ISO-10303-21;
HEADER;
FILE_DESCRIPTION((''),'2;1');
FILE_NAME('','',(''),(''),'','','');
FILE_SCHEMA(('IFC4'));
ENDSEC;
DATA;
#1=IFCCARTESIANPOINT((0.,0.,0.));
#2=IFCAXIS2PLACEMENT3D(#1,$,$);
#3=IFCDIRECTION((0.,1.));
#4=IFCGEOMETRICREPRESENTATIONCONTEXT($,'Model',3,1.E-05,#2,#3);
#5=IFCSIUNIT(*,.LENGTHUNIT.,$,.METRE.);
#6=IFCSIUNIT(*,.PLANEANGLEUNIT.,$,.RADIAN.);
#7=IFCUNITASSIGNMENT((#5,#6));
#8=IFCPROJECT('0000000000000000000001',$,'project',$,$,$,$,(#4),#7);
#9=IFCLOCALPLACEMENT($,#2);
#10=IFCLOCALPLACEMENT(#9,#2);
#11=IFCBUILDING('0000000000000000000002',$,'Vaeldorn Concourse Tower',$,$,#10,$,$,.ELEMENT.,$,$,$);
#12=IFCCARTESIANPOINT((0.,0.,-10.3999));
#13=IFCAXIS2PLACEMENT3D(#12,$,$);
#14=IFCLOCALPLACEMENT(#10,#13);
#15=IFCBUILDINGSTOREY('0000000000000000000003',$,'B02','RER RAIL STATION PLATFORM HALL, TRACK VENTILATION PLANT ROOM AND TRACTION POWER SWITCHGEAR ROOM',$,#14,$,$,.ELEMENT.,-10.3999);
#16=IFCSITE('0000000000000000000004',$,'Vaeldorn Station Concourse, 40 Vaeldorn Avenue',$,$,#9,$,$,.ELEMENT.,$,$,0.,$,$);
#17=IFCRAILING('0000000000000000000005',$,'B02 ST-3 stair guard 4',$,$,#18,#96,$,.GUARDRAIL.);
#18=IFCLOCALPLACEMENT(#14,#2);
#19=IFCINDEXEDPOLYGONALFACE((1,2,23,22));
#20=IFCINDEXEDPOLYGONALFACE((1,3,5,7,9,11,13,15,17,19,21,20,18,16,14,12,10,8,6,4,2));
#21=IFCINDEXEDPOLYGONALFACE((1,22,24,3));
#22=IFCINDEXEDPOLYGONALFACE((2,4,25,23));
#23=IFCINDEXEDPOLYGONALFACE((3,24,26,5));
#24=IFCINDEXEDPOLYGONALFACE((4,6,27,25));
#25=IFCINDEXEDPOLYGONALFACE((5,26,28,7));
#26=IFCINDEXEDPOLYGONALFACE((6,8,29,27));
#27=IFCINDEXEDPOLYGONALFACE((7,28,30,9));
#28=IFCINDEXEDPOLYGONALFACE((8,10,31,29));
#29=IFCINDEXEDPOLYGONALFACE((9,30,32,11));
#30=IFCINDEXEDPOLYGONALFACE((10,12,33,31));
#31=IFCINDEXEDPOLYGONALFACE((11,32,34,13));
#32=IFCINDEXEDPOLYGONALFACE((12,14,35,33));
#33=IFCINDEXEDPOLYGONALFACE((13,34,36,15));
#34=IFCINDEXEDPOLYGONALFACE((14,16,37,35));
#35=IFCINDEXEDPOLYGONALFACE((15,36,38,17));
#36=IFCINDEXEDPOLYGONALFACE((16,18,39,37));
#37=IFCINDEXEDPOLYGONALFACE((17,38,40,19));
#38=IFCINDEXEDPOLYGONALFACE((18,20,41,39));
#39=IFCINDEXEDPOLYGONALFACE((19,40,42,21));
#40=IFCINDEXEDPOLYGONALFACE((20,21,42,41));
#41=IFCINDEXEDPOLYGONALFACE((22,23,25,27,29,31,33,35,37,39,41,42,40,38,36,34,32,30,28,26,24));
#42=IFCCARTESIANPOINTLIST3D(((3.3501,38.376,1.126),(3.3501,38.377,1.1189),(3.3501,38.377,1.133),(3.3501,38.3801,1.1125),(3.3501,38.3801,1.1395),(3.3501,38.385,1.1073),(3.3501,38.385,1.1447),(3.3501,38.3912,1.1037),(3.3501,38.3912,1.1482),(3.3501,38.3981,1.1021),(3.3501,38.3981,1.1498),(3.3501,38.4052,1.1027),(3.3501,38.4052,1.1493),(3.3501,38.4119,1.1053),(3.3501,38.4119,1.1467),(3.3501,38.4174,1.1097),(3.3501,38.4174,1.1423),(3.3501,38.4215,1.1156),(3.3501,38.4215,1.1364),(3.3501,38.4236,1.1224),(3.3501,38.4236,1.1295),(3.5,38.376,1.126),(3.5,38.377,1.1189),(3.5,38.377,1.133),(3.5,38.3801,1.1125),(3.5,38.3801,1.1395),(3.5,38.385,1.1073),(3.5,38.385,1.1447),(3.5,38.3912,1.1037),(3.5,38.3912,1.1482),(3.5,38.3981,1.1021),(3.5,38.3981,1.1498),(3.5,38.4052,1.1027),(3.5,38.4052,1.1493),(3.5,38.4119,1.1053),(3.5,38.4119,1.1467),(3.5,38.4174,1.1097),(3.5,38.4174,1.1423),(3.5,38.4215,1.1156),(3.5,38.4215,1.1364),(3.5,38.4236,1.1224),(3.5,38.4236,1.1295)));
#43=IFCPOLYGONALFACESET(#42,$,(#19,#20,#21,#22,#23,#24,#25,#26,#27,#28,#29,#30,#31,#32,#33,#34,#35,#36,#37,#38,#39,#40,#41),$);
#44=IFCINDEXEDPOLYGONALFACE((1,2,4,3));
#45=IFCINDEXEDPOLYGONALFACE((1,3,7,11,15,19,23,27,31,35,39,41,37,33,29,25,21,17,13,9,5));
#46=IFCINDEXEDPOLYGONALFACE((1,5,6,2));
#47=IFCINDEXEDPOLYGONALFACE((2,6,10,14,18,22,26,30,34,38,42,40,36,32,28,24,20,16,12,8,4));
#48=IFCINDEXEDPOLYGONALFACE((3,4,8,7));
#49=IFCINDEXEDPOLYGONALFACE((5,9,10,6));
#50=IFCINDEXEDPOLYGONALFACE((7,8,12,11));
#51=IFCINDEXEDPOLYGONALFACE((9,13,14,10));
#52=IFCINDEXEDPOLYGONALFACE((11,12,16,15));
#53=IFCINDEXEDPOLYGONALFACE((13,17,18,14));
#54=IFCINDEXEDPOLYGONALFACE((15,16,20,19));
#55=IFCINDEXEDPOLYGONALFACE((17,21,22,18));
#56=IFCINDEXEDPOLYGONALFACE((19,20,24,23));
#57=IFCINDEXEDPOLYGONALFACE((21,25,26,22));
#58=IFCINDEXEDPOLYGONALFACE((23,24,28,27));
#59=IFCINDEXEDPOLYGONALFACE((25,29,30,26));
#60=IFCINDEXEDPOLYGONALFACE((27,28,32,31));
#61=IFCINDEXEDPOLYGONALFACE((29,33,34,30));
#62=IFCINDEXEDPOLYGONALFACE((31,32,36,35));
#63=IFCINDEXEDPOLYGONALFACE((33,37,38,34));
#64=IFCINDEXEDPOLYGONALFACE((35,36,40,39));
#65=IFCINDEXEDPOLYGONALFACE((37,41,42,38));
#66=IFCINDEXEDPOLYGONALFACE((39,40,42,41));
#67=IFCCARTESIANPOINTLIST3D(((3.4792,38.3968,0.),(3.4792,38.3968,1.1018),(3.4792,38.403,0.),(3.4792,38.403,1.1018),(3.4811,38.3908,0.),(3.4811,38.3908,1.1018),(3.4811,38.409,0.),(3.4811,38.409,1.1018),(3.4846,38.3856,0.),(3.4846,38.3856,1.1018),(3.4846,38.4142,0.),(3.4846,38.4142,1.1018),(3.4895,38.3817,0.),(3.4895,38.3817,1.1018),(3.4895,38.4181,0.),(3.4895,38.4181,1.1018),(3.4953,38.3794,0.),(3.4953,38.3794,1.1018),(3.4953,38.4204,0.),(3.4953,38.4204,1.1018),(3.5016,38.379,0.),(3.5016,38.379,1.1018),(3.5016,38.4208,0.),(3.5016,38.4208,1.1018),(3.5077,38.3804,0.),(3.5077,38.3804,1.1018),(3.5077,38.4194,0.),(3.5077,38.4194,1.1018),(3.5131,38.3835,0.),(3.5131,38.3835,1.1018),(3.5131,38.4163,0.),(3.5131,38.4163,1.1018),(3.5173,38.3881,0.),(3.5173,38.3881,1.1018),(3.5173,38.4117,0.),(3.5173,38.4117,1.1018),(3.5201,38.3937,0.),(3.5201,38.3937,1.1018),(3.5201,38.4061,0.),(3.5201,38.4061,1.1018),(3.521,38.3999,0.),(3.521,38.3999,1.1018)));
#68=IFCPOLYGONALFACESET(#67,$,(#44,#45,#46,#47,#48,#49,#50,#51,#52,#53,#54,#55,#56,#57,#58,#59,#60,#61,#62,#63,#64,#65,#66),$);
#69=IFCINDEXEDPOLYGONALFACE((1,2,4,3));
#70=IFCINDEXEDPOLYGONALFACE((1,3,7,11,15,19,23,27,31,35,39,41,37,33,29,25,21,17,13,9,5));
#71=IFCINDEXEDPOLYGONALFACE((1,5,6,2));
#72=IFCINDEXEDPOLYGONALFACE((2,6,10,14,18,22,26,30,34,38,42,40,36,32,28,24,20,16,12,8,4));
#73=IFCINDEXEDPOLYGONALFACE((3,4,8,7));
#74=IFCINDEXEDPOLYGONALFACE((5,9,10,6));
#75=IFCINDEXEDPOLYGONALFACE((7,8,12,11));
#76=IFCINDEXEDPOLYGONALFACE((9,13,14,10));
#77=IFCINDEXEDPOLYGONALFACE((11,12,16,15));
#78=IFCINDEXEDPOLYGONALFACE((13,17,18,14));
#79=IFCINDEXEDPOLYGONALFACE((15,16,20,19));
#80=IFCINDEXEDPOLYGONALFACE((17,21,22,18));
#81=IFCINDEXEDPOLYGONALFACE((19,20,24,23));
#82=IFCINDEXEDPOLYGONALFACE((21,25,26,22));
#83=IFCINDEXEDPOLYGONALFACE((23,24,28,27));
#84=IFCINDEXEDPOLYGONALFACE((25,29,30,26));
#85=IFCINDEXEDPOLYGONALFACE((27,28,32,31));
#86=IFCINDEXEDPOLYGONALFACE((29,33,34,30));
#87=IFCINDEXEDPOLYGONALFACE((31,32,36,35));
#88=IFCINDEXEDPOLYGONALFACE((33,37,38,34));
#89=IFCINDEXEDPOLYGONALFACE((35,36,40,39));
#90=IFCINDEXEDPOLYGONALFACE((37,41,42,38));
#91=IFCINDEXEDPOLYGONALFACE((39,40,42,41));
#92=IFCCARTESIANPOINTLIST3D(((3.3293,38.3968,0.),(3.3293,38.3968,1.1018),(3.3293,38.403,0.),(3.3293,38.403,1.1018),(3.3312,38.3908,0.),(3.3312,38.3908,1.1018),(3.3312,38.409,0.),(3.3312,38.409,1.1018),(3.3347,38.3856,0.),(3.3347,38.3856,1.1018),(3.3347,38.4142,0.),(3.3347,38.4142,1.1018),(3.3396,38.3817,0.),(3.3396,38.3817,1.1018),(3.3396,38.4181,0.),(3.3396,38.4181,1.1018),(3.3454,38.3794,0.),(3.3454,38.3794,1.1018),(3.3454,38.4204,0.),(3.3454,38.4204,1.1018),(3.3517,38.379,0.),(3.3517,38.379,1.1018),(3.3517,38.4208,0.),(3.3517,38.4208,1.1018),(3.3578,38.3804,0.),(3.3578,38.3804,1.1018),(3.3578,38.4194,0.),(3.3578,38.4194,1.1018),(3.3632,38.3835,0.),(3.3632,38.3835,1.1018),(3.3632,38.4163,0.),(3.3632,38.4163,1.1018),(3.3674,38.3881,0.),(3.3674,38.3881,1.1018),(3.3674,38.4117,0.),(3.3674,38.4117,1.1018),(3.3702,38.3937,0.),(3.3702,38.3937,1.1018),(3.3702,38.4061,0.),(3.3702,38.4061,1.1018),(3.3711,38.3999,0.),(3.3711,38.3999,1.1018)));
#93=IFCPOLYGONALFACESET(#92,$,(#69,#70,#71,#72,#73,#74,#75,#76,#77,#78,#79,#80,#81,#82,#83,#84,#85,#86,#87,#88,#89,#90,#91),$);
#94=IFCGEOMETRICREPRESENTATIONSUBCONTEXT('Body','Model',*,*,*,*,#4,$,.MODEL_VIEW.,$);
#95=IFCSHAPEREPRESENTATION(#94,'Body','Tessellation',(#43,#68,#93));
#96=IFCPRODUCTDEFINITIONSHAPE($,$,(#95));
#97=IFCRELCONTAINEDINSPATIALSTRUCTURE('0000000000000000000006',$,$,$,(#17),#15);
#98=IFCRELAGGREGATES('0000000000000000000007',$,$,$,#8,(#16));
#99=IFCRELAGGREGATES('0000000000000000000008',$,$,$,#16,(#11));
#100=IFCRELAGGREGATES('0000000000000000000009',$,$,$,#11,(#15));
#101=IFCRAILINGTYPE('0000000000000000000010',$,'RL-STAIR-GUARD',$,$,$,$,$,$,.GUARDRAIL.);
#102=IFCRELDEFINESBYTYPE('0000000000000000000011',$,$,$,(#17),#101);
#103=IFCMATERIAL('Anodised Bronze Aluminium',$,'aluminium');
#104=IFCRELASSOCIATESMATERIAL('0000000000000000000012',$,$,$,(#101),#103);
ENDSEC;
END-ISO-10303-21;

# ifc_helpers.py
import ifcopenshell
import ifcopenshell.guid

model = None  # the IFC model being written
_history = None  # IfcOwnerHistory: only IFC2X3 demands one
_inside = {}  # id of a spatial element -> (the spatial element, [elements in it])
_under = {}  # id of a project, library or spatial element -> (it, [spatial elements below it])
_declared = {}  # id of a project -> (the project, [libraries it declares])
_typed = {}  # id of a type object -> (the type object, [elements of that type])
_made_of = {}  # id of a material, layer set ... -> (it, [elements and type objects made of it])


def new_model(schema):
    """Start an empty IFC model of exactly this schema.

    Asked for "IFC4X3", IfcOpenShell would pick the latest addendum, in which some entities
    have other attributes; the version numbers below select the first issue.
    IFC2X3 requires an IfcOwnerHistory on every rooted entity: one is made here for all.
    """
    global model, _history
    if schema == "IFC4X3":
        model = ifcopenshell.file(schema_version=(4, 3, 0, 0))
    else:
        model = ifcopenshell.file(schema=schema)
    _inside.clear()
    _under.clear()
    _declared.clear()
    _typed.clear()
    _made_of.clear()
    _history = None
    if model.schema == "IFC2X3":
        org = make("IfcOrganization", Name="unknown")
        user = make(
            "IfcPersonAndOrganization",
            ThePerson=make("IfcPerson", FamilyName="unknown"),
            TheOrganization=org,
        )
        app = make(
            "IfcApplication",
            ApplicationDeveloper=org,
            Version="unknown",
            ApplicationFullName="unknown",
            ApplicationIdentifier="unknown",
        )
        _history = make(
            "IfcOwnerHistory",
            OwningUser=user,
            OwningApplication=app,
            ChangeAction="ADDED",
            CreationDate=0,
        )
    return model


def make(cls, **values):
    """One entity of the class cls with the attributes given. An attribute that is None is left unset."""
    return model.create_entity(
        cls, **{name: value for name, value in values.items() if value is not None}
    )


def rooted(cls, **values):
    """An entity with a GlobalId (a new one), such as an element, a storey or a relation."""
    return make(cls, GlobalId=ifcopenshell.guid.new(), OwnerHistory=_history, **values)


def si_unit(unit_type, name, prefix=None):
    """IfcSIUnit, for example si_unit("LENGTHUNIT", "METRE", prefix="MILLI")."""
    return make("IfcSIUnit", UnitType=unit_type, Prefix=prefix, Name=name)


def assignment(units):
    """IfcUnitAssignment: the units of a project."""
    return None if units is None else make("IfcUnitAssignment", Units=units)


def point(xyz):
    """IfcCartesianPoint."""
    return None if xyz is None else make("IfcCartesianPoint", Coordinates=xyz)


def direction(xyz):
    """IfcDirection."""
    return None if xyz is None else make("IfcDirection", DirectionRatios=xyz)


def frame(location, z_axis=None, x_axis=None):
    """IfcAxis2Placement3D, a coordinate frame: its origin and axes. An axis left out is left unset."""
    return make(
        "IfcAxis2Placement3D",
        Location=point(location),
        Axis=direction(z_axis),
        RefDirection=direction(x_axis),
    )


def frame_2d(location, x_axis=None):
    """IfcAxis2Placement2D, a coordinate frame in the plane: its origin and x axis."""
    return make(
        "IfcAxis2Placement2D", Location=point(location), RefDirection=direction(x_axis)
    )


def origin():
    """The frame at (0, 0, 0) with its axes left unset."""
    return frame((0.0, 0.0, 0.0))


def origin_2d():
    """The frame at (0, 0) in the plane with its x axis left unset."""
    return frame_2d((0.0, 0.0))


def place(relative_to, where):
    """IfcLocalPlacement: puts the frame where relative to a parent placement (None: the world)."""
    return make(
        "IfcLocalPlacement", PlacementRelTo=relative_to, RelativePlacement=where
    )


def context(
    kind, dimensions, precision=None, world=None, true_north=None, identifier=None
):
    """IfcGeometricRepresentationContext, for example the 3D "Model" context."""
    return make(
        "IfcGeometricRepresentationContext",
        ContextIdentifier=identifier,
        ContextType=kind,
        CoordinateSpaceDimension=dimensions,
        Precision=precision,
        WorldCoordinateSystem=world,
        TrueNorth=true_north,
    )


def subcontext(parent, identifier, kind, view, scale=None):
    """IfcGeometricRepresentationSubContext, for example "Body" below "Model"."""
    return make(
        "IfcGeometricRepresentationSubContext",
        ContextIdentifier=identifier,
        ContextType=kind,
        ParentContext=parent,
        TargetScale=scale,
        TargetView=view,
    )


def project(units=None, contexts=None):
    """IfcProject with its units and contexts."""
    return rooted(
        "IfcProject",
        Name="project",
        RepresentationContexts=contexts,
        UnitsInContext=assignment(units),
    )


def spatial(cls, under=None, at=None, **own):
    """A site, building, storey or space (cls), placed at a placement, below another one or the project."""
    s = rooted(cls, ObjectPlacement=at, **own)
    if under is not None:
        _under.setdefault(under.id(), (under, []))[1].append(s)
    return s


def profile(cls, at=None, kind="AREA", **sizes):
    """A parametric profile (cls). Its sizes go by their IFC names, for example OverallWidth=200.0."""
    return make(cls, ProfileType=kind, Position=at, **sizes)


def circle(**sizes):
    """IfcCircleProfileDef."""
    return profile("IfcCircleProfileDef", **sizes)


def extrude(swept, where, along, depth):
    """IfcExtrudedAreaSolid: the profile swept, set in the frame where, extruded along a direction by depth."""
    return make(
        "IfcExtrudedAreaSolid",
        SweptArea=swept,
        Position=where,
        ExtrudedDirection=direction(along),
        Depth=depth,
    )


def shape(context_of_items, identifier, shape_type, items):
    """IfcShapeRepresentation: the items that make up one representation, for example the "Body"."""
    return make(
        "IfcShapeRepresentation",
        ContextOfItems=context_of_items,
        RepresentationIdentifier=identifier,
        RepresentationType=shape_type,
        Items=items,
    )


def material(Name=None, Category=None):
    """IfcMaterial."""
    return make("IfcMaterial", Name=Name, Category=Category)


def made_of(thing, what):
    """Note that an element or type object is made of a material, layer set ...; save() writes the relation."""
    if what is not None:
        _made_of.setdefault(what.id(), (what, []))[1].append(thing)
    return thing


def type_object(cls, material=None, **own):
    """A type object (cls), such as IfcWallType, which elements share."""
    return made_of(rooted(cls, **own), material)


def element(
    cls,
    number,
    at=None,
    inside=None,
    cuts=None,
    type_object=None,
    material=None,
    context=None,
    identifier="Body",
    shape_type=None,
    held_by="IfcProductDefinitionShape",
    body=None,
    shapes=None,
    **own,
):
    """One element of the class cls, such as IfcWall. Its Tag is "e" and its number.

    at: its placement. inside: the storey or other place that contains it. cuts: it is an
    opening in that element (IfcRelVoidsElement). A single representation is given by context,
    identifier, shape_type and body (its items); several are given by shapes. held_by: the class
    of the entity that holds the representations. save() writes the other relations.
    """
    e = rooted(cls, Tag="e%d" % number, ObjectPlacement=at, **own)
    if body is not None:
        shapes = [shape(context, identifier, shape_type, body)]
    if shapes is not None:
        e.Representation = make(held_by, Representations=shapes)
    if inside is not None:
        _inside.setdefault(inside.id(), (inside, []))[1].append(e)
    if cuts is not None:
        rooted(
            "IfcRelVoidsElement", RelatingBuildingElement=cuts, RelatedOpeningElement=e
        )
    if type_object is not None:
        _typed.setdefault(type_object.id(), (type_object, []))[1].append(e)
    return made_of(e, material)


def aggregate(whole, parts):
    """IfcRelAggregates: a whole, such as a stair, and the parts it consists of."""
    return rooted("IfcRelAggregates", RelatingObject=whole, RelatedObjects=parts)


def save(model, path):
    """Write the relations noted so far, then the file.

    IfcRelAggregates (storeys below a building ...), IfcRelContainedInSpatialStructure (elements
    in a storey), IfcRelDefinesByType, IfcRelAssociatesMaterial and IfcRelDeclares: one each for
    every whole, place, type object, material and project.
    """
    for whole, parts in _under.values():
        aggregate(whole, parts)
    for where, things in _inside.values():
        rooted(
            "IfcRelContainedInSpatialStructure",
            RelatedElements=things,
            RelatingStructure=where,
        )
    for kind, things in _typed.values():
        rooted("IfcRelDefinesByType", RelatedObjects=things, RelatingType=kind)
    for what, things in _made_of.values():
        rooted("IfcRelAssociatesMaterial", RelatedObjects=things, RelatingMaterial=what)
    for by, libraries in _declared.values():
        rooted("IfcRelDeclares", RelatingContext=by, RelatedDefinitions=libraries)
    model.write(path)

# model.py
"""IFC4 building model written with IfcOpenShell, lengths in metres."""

from ifc_helpers import new_model, si_unit, direction, frame, origin, origin_2d, place, context, subcontext, project, spatial, circle, extrude, material, type_object, element, save


model = new_model("IFC4")

# Units and contexts
model_context = context("Model", 3, precision=1e-05, world=origin(), true_north=direction((0.0, 1.0)))
body_context = subcontext(model_context, "Body", "Model", "MODEL_VIEW")
ifc_project = project(units=[si_unit("LENGTHUNIT", "METRE"), si_unit("PLANEANGLEUNIT", "RADIAN")], contexts=[model_context])

# Site, building, storey
site_placement = place(None, origin())
site = spatial("IfcSite", under=ifc_project, at=site_placement, Name="Vaeldorn Station Concourse, 40 Vaeldorn Avenue", CompositionType="ELEMENT", RefElevation=0.0)
building_placement = place(site_placement, origin())
building = spatial("IfcBuilding", under=site, at=building_placement, Name="Vaeldorn Concourse Tower", CompositionType="ELEMENT")
storey_placement = place(building_placement, frame((0.0, 0.0, -10.3999)))
storey = spatial("IfcBuildingStorey", under=building, at=storey_placement, Name="B02", Description="RER RAIL STATION PLATFORM HALL, TRACK VENTILATION PLANT ROOM AND TRACTION POWER SWITCHGEAR ROOM", CompositionType="ELEMENT", Elevation=-10.3999)

# Railing
ifc_material_1 = material(Name="Anodised Bronze Aluminium", Category="aluminium")
railing_type_1 = type_object("IfcRailingType", Name="RL-STAIR-GUARD", PredefinedType="GUARDRAIL", material=ifc_material_1)
railing_1_placement = place(storey_placement, frame((3.5, 38.3999, 0.0)))
element("IfcRailing", 1, at=railing_1_placement, inside=storey, type_object=railing_type_1, Name="B02 ST-3 stair guard 4", PredefinedType="GUARDRAIL", context=body_context, shape_type="SweptSolid", body=[
    extrude(circle(Radius=0.0239, at=origin_2d()), frame((0.0, 0.0, 1.126), z_axis=(-1.0, 0.0, 0.0), x_axis=(0.0, -1.0, 0.0)), (0.0, 0.0, 1.0), 0.1499),
    extrude(circle(Radius=0.021, at=origin_2d()), origin(), (0.0, 0.0, 1.0), 1.1018),
    extrude(circle(Radius=0.021, at=origin_2d()), frame((-0.1499, 0.0, 0.0)), (0.0, 0.0, 1.0), 1.1018),
])

save(model, "model.ifc")
